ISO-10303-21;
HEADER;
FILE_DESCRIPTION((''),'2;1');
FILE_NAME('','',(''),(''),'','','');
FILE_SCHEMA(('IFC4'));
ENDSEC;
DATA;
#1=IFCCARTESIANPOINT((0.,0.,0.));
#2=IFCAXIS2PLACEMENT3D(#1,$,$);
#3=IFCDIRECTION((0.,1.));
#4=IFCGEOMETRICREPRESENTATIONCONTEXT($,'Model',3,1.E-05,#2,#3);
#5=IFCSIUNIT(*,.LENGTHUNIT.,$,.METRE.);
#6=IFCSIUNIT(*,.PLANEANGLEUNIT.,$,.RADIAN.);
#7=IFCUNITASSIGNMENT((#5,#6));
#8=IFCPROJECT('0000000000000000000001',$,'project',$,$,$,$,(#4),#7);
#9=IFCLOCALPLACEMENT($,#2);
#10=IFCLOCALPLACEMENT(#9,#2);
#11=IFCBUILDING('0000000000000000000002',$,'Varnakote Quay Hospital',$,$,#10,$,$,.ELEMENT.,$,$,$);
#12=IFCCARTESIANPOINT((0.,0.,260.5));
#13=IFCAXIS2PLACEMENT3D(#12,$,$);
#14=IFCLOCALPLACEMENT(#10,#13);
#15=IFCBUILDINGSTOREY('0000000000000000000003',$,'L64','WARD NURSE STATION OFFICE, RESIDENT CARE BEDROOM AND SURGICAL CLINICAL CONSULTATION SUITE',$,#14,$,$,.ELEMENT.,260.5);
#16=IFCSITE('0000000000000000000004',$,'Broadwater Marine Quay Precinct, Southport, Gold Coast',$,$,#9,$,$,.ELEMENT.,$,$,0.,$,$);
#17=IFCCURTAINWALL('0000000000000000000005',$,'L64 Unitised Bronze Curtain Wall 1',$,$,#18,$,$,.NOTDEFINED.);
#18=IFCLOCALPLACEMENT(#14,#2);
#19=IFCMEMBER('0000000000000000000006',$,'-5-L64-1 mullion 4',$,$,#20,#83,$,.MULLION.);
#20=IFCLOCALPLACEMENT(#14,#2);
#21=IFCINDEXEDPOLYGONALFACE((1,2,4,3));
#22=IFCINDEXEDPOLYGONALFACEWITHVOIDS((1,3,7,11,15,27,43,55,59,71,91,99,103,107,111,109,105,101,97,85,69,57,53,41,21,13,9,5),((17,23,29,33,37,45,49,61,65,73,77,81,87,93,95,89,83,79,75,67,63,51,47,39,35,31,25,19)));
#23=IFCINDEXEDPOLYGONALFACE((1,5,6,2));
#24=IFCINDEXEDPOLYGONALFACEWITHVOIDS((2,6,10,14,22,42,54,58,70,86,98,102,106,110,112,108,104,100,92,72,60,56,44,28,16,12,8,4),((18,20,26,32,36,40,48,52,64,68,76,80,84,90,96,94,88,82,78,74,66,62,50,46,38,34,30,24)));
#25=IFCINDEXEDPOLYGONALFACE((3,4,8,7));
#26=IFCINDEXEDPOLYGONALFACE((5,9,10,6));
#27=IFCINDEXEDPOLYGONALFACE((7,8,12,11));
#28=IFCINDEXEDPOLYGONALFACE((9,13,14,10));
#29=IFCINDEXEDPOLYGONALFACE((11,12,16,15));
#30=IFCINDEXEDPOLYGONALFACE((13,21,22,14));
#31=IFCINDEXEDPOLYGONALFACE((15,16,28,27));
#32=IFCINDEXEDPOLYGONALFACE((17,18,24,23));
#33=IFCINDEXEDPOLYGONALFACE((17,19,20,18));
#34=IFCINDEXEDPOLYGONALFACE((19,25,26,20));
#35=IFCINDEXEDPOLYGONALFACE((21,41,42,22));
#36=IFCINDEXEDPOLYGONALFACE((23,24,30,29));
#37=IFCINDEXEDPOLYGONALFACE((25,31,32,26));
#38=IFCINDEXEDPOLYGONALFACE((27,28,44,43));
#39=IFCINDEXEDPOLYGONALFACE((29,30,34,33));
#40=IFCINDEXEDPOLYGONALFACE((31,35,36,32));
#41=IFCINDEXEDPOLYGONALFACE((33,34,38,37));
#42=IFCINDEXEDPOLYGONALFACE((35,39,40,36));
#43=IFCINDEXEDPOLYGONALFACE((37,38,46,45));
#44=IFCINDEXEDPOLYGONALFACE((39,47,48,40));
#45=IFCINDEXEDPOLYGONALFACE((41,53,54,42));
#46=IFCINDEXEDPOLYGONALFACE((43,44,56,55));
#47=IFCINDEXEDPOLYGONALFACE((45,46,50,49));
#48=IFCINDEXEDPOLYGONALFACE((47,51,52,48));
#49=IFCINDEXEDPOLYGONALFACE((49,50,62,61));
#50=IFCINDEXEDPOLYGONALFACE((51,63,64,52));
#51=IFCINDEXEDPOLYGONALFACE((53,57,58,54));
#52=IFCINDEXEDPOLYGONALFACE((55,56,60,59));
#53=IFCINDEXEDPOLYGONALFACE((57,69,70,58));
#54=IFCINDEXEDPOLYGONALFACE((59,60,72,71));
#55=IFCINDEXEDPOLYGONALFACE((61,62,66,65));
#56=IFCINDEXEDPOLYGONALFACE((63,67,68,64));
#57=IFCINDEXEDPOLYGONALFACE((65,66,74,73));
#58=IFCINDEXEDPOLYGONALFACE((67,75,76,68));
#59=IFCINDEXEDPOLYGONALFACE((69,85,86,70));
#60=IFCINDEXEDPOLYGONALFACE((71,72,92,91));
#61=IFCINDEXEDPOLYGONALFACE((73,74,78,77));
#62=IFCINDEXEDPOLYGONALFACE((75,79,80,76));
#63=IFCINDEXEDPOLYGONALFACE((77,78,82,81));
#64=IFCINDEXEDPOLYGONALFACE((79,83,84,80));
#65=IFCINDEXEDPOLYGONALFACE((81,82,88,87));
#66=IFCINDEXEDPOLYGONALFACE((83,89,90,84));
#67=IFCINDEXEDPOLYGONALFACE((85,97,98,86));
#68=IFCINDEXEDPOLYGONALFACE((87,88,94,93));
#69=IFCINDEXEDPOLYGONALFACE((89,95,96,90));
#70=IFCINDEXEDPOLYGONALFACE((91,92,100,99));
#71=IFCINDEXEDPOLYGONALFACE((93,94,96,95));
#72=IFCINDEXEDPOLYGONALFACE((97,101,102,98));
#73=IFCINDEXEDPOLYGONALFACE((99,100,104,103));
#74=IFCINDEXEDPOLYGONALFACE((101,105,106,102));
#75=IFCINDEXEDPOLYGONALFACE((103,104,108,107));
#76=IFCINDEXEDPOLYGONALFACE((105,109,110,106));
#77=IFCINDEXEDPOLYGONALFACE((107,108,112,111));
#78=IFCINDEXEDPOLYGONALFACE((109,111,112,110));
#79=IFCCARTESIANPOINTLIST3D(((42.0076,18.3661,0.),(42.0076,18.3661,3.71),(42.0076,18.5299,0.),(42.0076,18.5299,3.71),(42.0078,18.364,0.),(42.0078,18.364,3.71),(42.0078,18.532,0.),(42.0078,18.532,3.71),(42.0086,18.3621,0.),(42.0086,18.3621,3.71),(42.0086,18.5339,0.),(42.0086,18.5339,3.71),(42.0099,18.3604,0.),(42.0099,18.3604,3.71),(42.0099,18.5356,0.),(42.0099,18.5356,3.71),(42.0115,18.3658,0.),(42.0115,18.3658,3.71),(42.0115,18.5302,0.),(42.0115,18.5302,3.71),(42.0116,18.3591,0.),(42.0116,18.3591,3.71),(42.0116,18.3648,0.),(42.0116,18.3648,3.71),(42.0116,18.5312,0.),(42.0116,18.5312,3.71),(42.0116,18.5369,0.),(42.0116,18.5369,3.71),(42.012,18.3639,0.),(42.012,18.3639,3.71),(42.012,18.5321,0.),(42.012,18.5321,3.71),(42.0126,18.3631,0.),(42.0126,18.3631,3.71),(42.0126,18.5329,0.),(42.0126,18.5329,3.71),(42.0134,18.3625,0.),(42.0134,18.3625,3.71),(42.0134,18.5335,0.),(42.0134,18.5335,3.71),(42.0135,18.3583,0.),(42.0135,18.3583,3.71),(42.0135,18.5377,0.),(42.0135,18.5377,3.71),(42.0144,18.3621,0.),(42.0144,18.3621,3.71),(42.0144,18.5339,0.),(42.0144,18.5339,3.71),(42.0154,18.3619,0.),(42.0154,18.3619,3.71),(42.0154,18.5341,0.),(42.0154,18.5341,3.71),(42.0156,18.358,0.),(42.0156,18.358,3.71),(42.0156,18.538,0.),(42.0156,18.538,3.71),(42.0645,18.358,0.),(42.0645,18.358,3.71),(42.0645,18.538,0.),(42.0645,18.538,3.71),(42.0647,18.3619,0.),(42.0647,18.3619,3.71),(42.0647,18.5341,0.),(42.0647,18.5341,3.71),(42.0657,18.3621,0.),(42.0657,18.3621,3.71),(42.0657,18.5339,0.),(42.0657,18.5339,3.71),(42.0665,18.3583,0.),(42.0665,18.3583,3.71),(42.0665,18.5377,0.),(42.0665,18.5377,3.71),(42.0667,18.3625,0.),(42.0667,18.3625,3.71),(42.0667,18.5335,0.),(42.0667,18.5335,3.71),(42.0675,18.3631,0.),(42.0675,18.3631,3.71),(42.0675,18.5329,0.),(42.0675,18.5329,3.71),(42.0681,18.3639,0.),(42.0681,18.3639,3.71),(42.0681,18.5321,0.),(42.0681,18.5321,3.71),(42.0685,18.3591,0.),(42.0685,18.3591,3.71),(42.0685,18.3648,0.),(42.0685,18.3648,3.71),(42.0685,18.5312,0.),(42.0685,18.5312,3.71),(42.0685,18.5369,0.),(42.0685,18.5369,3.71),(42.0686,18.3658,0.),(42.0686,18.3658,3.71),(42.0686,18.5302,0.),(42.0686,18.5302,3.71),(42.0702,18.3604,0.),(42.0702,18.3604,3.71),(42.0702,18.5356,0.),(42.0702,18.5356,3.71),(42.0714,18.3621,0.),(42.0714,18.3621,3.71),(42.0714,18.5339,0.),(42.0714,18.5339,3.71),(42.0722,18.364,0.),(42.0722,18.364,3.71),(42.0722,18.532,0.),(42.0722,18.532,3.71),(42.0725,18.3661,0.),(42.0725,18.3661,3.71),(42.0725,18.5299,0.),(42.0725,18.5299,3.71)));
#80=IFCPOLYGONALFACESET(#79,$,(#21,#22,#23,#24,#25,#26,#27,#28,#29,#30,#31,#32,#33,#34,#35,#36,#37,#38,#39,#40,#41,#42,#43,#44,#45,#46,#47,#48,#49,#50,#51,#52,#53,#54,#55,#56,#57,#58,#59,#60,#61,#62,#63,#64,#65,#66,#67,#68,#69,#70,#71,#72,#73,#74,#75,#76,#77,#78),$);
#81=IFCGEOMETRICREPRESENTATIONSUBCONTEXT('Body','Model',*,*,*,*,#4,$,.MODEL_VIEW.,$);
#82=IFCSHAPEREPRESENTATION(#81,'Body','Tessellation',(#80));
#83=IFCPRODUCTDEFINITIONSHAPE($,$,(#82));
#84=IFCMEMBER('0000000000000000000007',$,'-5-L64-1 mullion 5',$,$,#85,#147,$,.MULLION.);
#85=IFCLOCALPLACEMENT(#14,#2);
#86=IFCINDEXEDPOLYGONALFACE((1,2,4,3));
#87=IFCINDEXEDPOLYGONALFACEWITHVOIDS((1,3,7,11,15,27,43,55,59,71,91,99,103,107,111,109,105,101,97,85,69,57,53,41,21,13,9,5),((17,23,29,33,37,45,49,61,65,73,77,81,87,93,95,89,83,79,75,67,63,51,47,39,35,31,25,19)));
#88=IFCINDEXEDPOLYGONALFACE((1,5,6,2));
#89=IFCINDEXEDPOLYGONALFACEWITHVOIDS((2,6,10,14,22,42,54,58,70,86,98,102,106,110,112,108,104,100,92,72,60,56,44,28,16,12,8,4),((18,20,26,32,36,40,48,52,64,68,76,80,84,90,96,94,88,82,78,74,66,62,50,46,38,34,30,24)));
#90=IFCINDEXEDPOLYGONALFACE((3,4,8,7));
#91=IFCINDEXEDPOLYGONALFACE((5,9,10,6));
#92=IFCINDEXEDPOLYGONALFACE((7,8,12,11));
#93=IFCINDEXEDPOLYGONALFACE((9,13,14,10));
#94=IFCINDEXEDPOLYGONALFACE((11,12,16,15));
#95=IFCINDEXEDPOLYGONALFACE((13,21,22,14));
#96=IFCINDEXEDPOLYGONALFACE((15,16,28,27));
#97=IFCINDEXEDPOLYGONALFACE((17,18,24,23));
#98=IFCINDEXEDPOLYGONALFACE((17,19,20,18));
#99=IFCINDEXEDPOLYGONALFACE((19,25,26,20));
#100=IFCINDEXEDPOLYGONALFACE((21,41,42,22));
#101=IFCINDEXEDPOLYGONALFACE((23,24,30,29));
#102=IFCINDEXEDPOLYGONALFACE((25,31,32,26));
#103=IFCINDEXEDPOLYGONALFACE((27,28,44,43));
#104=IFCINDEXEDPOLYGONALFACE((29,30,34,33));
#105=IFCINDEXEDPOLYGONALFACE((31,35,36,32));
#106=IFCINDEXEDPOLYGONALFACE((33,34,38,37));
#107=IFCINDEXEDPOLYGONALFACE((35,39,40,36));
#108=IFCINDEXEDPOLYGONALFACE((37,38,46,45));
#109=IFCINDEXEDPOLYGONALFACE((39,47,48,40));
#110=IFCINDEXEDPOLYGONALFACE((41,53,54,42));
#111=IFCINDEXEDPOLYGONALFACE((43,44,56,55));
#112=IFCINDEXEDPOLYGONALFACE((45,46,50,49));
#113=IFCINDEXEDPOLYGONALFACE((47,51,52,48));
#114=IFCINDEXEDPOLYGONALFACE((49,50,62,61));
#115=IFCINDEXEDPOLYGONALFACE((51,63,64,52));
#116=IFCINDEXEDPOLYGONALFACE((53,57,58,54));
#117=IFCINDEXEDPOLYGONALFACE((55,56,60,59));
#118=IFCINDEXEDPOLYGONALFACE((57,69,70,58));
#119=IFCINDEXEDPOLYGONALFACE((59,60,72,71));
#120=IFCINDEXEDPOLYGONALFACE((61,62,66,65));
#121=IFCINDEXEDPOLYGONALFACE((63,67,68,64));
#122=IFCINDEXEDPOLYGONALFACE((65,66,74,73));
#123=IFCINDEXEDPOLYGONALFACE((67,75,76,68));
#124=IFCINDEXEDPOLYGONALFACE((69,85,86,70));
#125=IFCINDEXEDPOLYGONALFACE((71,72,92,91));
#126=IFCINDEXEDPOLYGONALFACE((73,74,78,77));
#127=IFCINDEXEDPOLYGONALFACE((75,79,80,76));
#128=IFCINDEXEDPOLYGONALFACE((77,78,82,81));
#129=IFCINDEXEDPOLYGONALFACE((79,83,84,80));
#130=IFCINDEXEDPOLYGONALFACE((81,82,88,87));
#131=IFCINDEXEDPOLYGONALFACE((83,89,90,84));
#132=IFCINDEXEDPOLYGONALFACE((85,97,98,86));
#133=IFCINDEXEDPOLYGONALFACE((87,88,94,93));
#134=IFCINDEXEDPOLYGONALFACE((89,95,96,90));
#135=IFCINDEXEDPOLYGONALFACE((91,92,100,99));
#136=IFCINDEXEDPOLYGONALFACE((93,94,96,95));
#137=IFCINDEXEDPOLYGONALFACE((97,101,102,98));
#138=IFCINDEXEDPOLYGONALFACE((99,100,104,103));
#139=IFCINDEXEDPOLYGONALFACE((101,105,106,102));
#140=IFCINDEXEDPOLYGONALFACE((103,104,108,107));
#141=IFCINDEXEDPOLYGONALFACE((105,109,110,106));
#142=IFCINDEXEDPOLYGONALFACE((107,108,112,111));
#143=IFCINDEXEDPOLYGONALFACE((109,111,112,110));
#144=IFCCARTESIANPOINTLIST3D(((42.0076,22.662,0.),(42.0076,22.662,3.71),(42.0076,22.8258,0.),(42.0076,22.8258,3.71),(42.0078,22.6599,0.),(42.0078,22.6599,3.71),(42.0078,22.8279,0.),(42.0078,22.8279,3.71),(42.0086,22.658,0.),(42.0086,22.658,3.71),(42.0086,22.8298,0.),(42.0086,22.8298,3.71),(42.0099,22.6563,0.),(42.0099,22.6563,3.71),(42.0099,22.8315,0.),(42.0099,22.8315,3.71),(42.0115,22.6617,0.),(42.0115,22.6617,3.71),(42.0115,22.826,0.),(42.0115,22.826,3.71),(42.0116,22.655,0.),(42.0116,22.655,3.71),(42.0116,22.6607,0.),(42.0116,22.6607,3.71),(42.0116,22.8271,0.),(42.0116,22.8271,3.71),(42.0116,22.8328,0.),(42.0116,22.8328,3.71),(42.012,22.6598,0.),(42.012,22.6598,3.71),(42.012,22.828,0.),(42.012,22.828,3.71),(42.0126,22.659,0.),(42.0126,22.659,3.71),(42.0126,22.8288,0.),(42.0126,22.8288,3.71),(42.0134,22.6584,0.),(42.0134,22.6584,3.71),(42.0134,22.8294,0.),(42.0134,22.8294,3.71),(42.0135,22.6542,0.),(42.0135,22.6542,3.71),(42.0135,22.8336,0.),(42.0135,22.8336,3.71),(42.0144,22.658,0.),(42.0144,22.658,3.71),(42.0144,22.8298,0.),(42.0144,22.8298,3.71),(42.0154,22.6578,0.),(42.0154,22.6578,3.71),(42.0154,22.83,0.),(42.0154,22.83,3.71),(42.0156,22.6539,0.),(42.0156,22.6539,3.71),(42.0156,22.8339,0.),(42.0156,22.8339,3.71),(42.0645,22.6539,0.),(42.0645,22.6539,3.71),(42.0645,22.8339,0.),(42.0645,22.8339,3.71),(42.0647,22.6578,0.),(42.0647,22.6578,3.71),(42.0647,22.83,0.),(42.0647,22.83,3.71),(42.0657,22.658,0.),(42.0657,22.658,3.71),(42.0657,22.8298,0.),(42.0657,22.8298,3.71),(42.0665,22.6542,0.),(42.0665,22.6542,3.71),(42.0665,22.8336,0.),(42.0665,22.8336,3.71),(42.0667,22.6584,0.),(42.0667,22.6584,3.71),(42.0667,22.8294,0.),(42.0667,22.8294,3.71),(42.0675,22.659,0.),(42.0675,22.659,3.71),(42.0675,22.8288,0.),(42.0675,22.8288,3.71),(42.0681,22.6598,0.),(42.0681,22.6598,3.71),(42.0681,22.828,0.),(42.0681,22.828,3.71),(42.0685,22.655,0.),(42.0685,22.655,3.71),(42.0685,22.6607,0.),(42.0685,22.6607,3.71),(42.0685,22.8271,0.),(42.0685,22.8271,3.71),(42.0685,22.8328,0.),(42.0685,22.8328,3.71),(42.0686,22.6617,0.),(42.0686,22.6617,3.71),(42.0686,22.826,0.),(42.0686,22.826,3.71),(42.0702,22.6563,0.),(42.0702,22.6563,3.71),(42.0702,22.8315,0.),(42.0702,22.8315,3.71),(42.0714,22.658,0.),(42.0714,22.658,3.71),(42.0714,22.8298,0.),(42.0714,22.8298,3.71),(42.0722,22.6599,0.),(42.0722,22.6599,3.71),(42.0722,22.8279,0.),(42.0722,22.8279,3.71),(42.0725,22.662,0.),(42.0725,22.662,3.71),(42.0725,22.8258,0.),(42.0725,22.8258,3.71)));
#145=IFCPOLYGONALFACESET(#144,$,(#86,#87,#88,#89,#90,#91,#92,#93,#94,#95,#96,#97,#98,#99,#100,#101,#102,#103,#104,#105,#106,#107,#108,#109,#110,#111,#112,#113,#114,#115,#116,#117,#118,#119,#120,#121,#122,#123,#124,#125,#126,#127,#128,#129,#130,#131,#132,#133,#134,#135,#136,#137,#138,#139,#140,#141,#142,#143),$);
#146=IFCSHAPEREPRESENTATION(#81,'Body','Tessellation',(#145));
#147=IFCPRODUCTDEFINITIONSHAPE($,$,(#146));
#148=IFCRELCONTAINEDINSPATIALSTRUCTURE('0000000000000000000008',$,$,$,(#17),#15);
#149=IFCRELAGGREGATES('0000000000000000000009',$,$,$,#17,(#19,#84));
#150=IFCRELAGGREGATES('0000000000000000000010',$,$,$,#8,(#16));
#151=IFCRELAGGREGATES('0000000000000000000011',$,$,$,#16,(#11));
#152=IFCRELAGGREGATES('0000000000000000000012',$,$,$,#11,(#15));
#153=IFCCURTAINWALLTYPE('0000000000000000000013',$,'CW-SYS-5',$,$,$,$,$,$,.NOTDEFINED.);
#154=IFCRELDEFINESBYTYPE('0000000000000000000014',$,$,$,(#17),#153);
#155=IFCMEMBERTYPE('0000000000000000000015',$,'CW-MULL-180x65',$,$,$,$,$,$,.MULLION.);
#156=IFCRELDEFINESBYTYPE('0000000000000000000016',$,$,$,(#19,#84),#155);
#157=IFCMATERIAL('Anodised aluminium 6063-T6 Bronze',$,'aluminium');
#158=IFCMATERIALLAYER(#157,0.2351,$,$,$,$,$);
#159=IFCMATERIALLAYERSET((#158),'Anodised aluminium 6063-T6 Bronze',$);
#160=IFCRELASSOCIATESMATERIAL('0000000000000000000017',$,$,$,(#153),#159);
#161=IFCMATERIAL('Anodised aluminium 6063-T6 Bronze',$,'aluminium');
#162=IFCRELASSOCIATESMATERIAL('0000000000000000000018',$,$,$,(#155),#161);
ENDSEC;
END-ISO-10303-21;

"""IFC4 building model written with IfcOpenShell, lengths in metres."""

from ifc_helpers import new_model, si_unit, direction, frame, origin, origin_2d, place, context, subcontext, project, spatial, hollow_rectangle, extrude, material, layer, layer_set, material_profile, profile_set, type_object, element, aggregate, save


model = new_model("IFC4")

# Units and contexts
model_context = context("Model", 3, precision=1e-05, world=origin(), true_north=direction((0.0, 1.0)))
body_context = subcontext(model_context, "Body", "Model", "MODEL_VIEW")
ifc_project = project(units=[si_unit("LENGTHUNIT", "METRE"), si_unit("PLANEANGLEUNIT", "RADIAN")], contexts=[model_context])

# Site, building, storey
site_placement = place(None, origin())
site = spatial("IfcSite", under=ifc_project, at=site_placement, Name="Broadwater Marine Quay Precinct, Southport, Gold Coast", CompositionType="ELEMENT", RefElevation=0.0)
building_placement = place(site_placement, origin())
building = spatial("IfcBuilding", under=site, at=building_placement, Name="Varnakote Quay Hospital", CompositionType="ELEMENT")
storey_placement = place(building_placement, frame((0.0, 0.0, 260.5)))
storey = spatial("IfcBuildingStorey", under=building, at=storey_placement, Name="L64", Description="WARD NURSE STATION OFFICE, RESIDENT CARE BEDROOM AND SURGICAL CLINICAL CONSULTATION SUITE", CompositionType="ELEMENT", Elevation=260.5)

# Curtain wall, members
ifc_material_1 = material(Name="Anodised aluminium 6063-T6 Bronze", Category="aluminium")
ifc_layer_1 = layer(ifc_material_1, 0.2351)
ifc_layer_set_1 = layer_set([ifc_layer_1], Name="Anodised aluminium 6063-T6 Bronze")
curtain_wall_type = type_object("IfcCurtainWallType", Name="CW-SYS-5", PredefinedType="NOTDEFINED", material=ifc_layer_set_1)
curtain_wall_1_placement = place(storey_placement, origin())
curtain_wall_1 = element("IfcCurtainWall", 1, at=curtain_wall_1_placement, inside=storey, type_object=curtain_wall_type, Name="L64 Unitised Bronze Curtain Wall 1", PredefinedType="NOTDEFINED")
ifc_material_2 = material(Name="Anodised aluminium 6063-T6 Bronze", Category="aluminium")
ifc_material_profile_1 = material_profile(ifc_material_2, hollow_rectangle(XDim=0.0649, YDim=0.1799, WallThickness=0.0039, InnerFilletRadius=0.0039, OuterFilletRadius=0.0081, at=origin_2d()), Name="CW-MULL-180x65")
ifc_profile_set_1 = profile_set([ifc_material_profile_1], Name="Anodised aluminium 6063-T6 Bronze")
member_type_1 = type_object("IfcMemberType", Name="CW-MULL-180x65", PredefinedType="MULLION", material=ifc_profile_set_1)
member_1_placement = place(storey_placement, frame((42.04, 18.448, 0.0), z_axis=(0.0, 0.0, 1.0), x_axis=(-1.0, 0.0, 0.0)))
member_1 = element("IfcMember", 2, at=member_1_placement, type_object=member_type_1, Name="-5-L64-1 mullion 4", PredefinedType="MULLION", context=body_context, shape_type="SweptSolid", body=[
    extrude(hollow_rectangle(XDim=0.0649, YDim=0.1799, WallThickness=0.0039, InnerFilletRadius=0.0039, OuterFilletRadius=0.0081, at=origin_2d()), origin(), (0.0, 0.0, 1.0), 3.71),
])
member_2_placement = place(storey_placement, frame((42.04, 22.7439, 0.0), z_axis=(0.0, 0.0, 1.0), x_axis=(-1.0, 0.0, 0.0)))
member_2 = element("IfcMember", 3, at=member_2_placement, type_object=member_type_1, Name="-5-L64-1 mullion 5", PredefinedType="MULLION", context=body_context, shape_type="SweptSolid", body=[
    extrude(hollow_rectangle(XDim=0.0649, YDim=0.1799, WallThickness=0.0039, InnerFilletRadius=0.0039, OuterFilletRadius=0.0081, at=origin_2d()), origin(), (0.0, 0.0, 1.0), 3.71),
])

aggregate(curtain_wall_1, [member_1, member_2])

save(model, "model.ifc")
